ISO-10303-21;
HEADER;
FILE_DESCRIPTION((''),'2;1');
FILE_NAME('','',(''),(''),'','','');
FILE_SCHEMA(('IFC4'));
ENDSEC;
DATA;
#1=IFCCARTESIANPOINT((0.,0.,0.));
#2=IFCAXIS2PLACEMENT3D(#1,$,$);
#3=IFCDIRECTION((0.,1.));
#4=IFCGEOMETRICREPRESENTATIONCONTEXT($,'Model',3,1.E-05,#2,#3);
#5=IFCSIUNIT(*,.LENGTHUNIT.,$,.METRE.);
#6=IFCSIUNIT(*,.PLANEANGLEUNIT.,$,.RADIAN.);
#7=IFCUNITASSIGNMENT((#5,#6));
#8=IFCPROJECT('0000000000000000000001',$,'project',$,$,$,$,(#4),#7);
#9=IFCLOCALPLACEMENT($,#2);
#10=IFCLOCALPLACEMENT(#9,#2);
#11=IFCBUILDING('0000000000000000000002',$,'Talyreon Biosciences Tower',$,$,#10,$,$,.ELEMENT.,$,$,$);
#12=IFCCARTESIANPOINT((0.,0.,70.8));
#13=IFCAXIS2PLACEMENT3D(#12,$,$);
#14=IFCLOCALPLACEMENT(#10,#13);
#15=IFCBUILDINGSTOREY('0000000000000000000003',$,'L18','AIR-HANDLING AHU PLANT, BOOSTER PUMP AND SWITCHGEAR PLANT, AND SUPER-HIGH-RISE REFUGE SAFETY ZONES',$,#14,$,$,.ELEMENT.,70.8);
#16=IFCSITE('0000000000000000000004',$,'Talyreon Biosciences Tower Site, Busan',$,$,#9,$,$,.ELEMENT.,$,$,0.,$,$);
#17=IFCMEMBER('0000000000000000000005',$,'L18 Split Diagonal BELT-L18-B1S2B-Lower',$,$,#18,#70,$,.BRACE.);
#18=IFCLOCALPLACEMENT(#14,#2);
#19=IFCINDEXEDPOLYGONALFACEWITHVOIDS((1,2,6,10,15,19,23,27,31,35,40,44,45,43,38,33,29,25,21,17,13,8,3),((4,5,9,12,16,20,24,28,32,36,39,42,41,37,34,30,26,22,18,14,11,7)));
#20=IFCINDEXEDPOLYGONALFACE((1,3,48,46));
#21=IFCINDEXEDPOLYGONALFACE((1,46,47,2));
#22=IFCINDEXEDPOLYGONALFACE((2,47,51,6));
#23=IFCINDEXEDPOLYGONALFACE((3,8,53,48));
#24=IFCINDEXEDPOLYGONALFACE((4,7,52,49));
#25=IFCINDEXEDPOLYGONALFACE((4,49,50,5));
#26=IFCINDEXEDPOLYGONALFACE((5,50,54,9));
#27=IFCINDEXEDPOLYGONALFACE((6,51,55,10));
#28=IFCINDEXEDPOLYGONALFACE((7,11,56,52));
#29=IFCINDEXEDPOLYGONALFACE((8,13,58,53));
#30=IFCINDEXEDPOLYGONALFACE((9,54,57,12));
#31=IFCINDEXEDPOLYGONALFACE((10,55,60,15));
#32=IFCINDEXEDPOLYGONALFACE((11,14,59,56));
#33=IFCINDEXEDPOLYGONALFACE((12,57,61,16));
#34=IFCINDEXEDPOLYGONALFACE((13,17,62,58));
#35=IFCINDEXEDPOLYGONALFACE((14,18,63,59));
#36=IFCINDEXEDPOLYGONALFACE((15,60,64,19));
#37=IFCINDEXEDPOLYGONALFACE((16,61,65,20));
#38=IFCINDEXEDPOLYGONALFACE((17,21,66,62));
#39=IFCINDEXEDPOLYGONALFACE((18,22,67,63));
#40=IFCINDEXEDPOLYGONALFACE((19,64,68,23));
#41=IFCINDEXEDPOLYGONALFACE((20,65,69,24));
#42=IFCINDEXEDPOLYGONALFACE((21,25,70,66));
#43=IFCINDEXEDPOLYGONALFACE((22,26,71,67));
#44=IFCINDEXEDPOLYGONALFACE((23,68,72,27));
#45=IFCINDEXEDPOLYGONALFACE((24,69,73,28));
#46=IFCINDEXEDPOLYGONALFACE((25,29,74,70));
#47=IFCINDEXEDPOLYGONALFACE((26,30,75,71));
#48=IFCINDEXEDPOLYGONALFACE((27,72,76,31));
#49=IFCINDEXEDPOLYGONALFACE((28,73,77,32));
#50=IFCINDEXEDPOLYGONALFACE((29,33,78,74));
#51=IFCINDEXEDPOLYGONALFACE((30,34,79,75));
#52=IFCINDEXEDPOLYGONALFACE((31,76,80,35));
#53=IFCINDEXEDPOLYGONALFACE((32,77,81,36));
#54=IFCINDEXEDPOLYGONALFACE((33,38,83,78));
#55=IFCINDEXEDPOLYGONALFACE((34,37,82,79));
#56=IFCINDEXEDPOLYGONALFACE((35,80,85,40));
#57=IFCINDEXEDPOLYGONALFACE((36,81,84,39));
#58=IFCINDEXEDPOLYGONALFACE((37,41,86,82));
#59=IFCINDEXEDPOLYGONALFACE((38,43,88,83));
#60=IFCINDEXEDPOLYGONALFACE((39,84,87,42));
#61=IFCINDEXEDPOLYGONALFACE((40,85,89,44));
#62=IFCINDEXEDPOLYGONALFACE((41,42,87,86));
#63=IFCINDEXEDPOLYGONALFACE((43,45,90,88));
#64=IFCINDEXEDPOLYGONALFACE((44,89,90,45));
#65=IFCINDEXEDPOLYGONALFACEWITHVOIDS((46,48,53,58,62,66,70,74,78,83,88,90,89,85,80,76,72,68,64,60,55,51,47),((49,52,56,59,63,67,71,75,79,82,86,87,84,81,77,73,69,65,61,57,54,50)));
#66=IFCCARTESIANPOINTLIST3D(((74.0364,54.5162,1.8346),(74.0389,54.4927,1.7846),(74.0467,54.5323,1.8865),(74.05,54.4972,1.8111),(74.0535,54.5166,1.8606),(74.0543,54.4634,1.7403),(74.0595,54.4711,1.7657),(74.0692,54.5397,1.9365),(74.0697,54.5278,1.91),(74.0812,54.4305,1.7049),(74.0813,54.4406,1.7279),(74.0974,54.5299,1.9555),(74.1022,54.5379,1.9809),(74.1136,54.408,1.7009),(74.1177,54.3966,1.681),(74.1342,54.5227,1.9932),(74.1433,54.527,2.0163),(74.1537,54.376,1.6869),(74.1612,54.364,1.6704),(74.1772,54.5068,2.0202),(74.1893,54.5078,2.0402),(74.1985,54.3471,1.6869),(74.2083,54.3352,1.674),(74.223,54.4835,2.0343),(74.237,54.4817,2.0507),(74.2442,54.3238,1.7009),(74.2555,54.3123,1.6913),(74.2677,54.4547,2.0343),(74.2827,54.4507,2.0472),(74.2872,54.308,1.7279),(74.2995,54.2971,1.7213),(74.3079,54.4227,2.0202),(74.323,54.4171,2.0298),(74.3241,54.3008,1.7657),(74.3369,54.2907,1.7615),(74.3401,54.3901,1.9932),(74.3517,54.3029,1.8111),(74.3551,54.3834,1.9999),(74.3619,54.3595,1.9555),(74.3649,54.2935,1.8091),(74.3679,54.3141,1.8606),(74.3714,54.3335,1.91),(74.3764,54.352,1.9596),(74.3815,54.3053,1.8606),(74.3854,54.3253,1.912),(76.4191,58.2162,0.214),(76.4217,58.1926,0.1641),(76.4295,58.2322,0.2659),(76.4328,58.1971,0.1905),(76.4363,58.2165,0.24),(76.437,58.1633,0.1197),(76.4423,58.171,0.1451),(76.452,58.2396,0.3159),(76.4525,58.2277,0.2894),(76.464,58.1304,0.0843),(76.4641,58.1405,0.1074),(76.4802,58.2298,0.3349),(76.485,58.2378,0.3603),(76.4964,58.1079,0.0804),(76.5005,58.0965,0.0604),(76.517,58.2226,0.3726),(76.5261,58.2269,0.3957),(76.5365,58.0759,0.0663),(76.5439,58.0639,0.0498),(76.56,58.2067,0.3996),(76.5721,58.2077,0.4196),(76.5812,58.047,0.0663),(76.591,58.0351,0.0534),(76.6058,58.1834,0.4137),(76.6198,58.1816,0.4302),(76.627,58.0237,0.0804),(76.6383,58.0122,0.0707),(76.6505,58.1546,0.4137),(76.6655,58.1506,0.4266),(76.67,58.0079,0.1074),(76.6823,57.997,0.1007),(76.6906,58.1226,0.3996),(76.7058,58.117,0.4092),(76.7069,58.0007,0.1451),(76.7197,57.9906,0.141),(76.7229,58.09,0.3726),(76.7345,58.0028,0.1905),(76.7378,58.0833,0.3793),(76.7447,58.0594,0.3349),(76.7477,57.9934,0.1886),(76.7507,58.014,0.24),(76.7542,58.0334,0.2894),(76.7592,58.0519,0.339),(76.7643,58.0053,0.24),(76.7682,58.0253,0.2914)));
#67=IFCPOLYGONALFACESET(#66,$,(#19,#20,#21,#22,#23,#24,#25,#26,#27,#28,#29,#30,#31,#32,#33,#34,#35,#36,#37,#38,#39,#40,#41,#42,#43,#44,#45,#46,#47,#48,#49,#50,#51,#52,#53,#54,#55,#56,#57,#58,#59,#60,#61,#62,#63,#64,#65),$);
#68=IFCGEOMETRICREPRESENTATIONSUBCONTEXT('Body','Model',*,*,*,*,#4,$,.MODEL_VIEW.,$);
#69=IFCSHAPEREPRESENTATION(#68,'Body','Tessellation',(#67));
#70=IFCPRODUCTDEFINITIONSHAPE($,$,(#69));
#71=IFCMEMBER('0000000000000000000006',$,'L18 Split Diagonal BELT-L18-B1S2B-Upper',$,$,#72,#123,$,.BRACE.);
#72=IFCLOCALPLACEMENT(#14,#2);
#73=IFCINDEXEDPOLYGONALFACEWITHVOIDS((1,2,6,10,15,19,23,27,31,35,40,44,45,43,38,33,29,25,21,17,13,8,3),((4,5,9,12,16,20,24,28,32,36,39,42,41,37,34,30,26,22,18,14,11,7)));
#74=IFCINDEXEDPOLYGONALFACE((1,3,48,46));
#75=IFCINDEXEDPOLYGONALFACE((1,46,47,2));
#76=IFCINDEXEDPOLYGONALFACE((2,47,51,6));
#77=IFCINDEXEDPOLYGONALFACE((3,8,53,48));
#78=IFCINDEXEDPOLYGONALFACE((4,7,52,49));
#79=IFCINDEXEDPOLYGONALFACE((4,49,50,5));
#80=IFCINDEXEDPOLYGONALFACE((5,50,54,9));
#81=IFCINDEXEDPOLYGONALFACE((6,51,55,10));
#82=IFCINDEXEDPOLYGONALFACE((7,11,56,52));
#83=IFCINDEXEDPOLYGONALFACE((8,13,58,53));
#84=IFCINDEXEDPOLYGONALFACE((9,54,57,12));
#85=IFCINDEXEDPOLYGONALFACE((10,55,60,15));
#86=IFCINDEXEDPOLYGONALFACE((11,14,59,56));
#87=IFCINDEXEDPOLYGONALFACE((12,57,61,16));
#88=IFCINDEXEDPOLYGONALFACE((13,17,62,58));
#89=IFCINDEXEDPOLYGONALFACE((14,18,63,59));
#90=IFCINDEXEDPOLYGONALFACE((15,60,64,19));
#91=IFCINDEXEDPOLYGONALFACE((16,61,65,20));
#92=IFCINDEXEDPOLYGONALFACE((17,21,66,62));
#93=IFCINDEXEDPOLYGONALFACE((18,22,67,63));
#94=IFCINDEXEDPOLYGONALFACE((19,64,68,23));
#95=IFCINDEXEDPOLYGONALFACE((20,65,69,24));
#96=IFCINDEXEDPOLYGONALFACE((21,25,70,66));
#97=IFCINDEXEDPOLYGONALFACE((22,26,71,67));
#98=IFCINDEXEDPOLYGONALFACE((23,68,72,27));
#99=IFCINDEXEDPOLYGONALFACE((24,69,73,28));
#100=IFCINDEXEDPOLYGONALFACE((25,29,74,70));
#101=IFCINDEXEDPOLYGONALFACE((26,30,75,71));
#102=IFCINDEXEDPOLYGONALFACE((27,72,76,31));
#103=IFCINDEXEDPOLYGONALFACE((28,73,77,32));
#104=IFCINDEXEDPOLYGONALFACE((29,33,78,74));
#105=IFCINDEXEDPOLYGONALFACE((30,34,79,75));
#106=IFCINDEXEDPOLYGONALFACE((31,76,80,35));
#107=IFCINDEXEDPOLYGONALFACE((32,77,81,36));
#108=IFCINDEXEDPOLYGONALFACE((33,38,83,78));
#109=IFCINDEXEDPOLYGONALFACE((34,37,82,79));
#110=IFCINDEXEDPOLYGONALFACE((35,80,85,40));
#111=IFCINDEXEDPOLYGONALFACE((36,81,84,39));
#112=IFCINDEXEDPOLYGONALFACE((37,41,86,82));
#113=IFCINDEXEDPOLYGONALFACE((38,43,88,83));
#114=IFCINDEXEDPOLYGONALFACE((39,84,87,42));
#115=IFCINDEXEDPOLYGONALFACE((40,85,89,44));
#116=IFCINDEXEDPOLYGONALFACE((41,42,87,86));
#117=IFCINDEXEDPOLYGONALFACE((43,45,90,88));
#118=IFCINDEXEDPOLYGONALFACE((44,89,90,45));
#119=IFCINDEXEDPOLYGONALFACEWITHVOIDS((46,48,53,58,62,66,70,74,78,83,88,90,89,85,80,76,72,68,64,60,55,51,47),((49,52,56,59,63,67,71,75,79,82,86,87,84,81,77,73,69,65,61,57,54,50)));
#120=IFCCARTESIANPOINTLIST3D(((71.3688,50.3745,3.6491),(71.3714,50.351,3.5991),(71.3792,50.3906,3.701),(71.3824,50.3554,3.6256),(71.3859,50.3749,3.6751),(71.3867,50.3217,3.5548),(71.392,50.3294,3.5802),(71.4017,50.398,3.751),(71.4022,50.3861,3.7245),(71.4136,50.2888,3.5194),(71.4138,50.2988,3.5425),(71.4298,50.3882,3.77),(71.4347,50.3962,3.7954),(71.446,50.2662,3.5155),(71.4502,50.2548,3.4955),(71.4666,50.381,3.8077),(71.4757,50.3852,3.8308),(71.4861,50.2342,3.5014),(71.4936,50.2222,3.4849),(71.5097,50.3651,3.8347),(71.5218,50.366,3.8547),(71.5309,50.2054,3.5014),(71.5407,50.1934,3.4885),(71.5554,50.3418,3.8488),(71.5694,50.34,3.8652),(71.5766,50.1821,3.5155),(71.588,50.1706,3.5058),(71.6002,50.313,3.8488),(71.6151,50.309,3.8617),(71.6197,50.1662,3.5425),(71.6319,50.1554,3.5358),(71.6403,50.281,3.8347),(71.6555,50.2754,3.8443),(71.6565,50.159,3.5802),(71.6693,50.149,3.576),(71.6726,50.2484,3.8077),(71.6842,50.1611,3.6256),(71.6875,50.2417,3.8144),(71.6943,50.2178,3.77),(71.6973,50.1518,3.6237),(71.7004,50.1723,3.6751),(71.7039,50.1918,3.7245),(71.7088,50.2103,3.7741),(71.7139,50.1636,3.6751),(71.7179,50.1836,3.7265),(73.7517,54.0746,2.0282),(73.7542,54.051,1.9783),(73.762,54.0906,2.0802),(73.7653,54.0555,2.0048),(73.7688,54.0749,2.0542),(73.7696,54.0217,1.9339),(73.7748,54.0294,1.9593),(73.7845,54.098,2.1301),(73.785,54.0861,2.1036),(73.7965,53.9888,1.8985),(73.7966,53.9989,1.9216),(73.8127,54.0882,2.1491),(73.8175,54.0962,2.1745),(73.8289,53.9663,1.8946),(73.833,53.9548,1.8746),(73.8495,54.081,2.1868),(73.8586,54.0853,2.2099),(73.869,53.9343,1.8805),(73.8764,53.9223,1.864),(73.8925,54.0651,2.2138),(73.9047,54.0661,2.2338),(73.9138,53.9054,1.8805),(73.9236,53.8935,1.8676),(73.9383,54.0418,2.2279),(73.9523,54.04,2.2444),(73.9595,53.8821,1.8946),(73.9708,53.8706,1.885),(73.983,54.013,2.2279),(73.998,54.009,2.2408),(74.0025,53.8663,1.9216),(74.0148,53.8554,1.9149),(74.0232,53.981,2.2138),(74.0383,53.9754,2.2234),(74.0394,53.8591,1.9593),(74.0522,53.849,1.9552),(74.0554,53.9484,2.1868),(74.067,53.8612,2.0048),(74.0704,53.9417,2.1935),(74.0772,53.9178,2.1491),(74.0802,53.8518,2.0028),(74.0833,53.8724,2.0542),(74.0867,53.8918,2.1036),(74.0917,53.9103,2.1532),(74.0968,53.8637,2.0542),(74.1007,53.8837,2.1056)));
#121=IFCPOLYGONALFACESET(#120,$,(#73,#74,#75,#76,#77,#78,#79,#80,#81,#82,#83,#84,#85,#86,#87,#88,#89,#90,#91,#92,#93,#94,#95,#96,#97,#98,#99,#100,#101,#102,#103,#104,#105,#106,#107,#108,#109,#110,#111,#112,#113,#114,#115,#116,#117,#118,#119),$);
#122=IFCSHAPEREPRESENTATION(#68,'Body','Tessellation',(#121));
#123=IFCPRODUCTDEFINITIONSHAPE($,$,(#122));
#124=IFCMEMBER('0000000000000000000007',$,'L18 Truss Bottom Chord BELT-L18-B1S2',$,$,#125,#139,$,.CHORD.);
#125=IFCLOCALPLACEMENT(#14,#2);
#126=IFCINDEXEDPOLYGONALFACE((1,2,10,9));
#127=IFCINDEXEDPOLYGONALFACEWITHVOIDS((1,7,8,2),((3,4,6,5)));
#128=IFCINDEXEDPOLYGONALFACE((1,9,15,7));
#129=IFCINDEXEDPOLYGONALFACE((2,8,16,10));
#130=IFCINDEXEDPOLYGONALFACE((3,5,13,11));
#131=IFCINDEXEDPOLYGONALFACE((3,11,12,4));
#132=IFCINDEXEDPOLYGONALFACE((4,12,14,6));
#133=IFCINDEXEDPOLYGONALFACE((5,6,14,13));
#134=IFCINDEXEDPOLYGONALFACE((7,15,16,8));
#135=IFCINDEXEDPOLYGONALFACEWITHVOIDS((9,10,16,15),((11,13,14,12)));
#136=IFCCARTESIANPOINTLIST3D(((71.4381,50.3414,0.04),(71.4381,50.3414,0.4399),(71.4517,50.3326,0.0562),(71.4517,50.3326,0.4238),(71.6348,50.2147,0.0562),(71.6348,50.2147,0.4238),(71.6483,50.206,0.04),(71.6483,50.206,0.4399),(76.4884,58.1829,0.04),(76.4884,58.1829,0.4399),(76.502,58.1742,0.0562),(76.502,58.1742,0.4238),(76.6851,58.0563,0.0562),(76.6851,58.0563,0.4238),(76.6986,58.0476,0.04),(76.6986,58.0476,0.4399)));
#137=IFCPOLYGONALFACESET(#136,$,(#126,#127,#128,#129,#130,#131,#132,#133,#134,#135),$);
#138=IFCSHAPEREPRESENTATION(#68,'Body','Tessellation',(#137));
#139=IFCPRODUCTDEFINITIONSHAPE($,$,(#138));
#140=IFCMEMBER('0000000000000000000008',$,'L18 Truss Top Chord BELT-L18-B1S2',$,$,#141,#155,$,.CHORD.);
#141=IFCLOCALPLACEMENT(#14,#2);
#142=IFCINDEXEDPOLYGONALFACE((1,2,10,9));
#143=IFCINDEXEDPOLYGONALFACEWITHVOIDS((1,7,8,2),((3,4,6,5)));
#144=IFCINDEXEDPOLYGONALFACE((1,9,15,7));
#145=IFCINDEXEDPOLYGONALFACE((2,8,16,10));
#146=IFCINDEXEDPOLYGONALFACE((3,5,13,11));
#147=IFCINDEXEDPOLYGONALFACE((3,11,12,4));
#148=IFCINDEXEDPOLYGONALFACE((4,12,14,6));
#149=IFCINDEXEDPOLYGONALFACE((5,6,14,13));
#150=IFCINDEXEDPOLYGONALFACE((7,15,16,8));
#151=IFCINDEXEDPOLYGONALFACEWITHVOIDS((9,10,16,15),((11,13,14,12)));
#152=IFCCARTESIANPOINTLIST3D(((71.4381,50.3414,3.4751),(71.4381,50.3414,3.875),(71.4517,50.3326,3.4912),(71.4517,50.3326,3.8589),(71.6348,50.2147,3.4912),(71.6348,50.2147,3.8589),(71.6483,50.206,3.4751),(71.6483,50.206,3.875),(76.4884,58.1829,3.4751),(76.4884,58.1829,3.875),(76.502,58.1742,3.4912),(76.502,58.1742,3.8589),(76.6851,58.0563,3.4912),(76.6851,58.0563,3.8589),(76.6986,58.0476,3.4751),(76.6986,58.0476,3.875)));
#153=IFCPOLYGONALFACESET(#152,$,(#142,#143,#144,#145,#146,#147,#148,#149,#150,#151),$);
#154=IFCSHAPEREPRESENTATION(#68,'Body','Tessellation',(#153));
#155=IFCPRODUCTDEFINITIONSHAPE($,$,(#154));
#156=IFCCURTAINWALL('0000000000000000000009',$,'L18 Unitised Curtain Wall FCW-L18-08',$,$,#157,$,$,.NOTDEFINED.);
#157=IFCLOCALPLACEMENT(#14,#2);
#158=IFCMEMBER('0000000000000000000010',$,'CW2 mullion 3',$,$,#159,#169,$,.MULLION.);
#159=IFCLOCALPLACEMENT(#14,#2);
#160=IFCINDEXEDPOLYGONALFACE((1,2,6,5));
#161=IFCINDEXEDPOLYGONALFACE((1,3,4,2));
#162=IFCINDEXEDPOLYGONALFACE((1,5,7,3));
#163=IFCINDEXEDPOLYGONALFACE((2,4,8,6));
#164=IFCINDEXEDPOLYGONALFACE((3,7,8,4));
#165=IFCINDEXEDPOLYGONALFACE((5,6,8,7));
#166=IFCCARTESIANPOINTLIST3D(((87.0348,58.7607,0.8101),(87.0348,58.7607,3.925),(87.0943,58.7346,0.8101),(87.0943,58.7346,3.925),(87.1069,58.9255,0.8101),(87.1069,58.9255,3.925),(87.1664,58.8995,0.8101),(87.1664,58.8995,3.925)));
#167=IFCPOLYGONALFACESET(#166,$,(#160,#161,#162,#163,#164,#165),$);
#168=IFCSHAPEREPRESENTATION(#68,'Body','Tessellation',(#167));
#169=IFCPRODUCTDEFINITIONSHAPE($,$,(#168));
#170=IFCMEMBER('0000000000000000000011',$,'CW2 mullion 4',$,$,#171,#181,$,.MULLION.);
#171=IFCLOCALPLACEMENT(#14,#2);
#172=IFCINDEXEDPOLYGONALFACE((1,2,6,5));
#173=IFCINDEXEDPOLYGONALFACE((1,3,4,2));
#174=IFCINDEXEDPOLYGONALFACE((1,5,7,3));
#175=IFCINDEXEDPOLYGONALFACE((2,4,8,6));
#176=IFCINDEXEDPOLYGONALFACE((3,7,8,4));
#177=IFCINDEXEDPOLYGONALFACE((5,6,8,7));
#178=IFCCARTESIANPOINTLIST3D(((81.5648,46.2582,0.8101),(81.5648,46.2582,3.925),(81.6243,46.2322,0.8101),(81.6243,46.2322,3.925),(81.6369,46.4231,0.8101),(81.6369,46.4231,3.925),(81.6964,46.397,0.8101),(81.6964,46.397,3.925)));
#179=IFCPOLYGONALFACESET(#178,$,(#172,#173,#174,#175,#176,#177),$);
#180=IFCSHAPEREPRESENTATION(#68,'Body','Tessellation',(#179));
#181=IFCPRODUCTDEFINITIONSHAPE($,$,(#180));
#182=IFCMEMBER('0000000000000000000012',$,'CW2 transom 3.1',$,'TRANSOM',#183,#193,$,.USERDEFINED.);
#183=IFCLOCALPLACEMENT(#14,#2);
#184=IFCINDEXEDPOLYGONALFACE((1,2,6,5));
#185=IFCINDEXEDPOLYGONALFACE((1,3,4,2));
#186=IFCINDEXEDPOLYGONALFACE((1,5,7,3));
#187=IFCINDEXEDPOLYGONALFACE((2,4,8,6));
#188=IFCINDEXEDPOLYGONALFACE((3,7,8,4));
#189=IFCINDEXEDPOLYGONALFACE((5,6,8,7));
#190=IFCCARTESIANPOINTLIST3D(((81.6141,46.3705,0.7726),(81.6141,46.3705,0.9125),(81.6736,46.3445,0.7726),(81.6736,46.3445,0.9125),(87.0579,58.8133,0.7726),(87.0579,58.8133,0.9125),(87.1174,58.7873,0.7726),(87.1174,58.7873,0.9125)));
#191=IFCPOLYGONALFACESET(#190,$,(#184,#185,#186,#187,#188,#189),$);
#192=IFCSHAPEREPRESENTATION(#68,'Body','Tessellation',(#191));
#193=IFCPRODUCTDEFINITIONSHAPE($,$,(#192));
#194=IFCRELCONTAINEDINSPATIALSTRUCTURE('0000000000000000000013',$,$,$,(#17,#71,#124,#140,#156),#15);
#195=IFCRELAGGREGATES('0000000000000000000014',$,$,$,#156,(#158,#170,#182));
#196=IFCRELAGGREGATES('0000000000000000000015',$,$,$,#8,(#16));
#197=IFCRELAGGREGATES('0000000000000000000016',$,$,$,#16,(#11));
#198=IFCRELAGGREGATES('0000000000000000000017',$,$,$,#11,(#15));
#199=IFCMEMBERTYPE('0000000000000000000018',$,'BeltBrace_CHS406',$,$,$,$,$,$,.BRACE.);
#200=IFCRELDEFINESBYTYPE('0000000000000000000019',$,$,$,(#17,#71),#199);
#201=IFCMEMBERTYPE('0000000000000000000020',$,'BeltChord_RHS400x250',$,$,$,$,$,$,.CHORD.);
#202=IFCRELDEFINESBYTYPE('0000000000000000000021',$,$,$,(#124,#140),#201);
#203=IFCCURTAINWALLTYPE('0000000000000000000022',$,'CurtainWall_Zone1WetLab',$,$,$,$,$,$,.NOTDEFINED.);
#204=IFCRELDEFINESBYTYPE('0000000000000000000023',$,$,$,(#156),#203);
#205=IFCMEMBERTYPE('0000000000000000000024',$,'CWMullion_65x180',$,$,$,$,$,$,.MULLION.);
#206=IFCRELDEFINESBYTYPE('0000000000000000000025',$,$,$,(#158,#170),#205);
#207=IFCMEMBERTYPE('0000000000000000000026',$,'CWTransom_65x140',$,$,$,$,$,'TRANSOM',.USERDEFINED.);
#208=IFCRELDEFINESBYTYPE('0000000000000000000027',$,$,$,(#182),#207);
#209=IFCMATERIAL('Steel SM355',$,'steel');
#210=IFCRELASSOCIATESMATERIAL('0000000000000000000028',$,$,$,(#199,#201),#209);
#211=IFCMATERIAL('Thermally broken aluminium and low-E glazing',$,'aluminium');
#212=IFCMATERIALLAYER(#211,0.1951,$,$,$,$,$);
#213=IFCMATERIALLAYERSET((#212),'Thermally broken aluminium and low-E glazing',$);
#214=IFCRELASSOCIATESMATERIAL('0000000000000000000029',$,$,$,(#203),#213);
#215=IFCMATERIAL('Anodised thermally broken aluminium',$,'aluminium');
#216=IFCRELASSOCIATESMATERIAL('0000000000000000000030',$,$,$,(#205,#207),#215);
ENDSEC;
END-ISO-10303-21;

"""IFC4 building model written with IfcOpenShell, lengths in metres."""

from ifc_helpers import new_model, si_unit, direction, frame, origin, origin_2d, place, context, subcontext, project, spatial, rectangle, hollow_rectangle, hollow_circle, extrude, material, layer, layer_set, material_profile, profile_set, type_object, element, aggregate, save


model = new_model("IFC4")

# Units and contexts
model_context = context("Model", 3, precision=1e-05, world=origin(), true_north=direction((0.0, 1.0)))
body_context = subcontext(model_context, "Body", "Model", "MODEL_VIEW")
ifc_project = project(units=[si_unit("LENGTHUNIT", "METRE"), si_unit("PLANEANGLEUNIT", "RADIAN")], contexts=[model_context])

# Site, building, storey
site_placement = place(None, origin())
site = spatial("IfcSite", under=ifc_project, at=site_placement, Name="Talyreon Biosciences Tower Site, Busan", CompositionType="ELEMENT", RefElevation=0.0)
building_placement = place(site_placement, origin())
building = spatial("IfcBuilding", under=site, at=building_placement, Name="Talyreon Biosciences Tower", CompositionType="ELEMENT")
storey_placement = place(building_placement, frame((0.0, 0.0, 70.8)))
storey = spatial("IfcBuildingStorey", under=building, at=storey_placement, Name="L18", Description="AIR-HANDLING AHU PLANT, BOOSTER PUMP AND SWITCHGEAR PLANT, AND SUPER-HIGH-RISE REFUGE SAFETY ZONES", CompositionType="ELEMENT", Elevation=70.8)

# Members
ifc_material_1 = material(Name="Steel SM355", Category="steel")
ifc_material_profile_1 = material_profile(ifc_material_1, hollow_circle(Radius=0.2031, WallThickness=0.0161, at=origin_2d()), Name="CHS 406.4x16")
ifc_profile_set_1 = profile_set([ifc_material_profile_1], Name="Steel SM355")
member_type_1 = type_object("IfcMemberType", Name="BeltBrace_CHS406", PredefinedType="BRACE", material=ifc_profile_set_1)
member_1_placement = place(storey_placement, frame((76.5935, 58.1152, 0.24), z_axis=(-0.508089, -0.788943, 0.345563), x_axis=(0.840737, -0.541444, 0.0)))
element("IfcMember", 1, at=member_1_placement, inside=storey, type_object=member_type_1, Name="L18 Split Diagonal BELT-L18-B1S2B-Lower", PredefinedType="BRACE", context=body_context, shape_type="SweptSolid", body=[
    extrude(hollow_circle(Radius=0.2031, WallThickness=0.0161, at=origin_2d()), origin(), (0.0, 0.0, 1.0), 4.6897),
])
member_2_placement = place(storey_placement, frame((73.926, 53.9736, 2.0542), z_axis=(-0.50808, -0.788929, 0.345609), x_axis=(0.840737, -0.541444, 0.0)))
element("IfcMember", 2, at=member_2_placement, inside=storey, type_object=member_type_1, Name="L18 Split Diagonal BELT-L18-B1S2B-Upper", PredefinedType="BRACE", context=body_context, shape_type="SweptSolid", body=[
    extrude(hollow_circle(Radius=0.2031, WallThickness=0.0161, at=origin_2d()), origin(), (0.0, 0.0, 1.0), 4.6899),
])
ifc_material_profile_2 = material_profile(ifc_material_1, hollow_rectangle(XDim=0.25, YDim=0.3999, WallThickness=0.0161, at=origin_2d()), Name="RHS 400x250x16")
ifc_profile_set_2 = profile_set([ifc_material_profile_2], Name="Steel SM355")
member_type_2 = type_object("IfcMemberType", Name="BeltChord_RHS400x250", PredefinedType="CHORD", material=ifc_profile_set_2)
for number, where, z_axis, x_axis, name in (
    (3, (71.5432, 50.2737, 0.24), (0.541463, 0.840725, 0.0), (-0.840725, 0.541463, 0.0), "L18 Truss Bottom Chord BELT-L18-B1S2"),
    (4, (71.5432, 50.2737, 3.675), (0.541463, 0.840725, 0.0), (-0.840725, 0.541463, 0.0), "L18 Truss Top Chord BELT-L18-B1S2"),
):
    element("IfcMember", number, at=place(storey_placement, frame(where, z_axis=z_axis, x_axis=x_axis)), inside=storey, type_object=member_type_2, Name=name, PredefinedType="CHORD", context=body_context, shape_type="SweptSolid", body=[
        extrude(hollow_rectangle(XDim=0.25, YDim=0.3999, WallThickness=0.0161, at=origin_2d()), origin(), (0.0, 0.0, 1.0), 9.3271),
    ])

# Curtain wall, members
ifc_material_2 = material(Name="Thermally broken aluminium and low-E glazing", Category="aluminium")
ifc_layer_1 = layer(ifc_material_2, 0.1951)
ifc_layer_set_1 = layer_set([ifc_layer_1], Name="Thermally broken aluminium and low-E glazing")
curtain_wall_type = type_object("IfcCurtainWallType", Name="CurtainWall_Zone1WetLab", PredefinedType="NOTDEFINED", material=ifc_layer_set_1)
curtain_wall_placement = place(storey_placement, origin())
curtain_wall = element("IfcCurtainWall", 5, at=curtain_wall_placement, inside=storey, type_object=curtain_wall_type, Name="L18 Unitised Curtain Wall FCW-L18-08", PredefinedType="NOTDEFINED")
ifc_material_3 = material(Name="Anodised thermally broken aluminium", Category="aluminium")
ifc_material_profile_3 = material_profile(ifc_material_3, rectangle(XDim=0.0649, YDim=0.1799, at=origin_2d()), Name="ALUM MULLION 65x180")
ifc_profile_set_3 = profile_set([ifc_material_profile_3], Name="Anodised thermally broken aluminium")
member_type_3 = type_object("IfcMemberType", Name="CWMullion_65x180", PredefinedType="MULLION", material=ifc_profile_set_3)
member_3_placement = place(storey_placement, frame((87.1006, 58.8301, 0.8101), z_axis=(0.0, 0.0, 1.0), x_axis=(0.916152, -0.400831, 0.0)))
member_3 = element("IfcMember", 6, at=member_3_placement, type_object=member_type_3, Name="CW2 mullion 3", PredefinedType="MULLION", context=body_context, shape_type="SweptSolid", body=[
    extrude(rectangle(XDim=0.0649, YDim=0.1799, at=origin_2d()), origin(), (0.0, 0.0, 1.0), 3.115),
])
member_4_placement = place(storey_placement, frame((81.6306, 46.3276, 0.8101), z_axis=(0.0, 0.0, 1.0), x_axis=(0.916152, -0.400831, 0.0)))
member_4 = element("IfcMember", 7, at=member_4_placement, type_object=member_type_3, Name="CW2 mullion 4", PredefinedType="MULLION", context=body_context, shape_type="SweptSolid", body=[
    extrude(rectangle(XDim=0.0649, YDim=0.1799, at=origin_2d()), origin(), (0.0, 0.0, 1.0), 3.115),
])
ifc_material_profile_4 = material_profile(ifc_material_3, rectangle(XDim=0.0649, YDim=0.1399, at=origin_2d()), Name="ALUM TRANSOM 65x140")
ifc_profile_set_4 = profile_set([ifc_material_profile_4], Name="Anodised thermally broken aluminium")
member_type_4 = type_object("IfcMemberType", Name="CWTransom_65x140", ElementType="TRANSOM", PredefinedType="USERDEFINED", material=ifc_profile_set_4)
member_5_placement = place(storey_placement, frame((87.0876, 58.8003, 0.8425), z_axis=(-0.400824, -0.916155, 0.0), x_axis=(0.916155, -0.400824, 0.0)))
member_5 = element("IfcMember", 8, at=member_5_placement, type_object=member_type_4, Name="CW2 transom 3.1", ObjectType="TRANSOM", PredefinedType="USERDEFINED", context=body_context, shape_type="SweptSolid", body=[
    extrude(rectangle(XDim=0.0649, YDim=0.1399, at=origin_2d()), origin(), (0.0, 0.0, 1.0), 13.5815),
])

aggregate(curtain_wall, [member_3, member_4, member_5])

save(model, "model.ifc")
